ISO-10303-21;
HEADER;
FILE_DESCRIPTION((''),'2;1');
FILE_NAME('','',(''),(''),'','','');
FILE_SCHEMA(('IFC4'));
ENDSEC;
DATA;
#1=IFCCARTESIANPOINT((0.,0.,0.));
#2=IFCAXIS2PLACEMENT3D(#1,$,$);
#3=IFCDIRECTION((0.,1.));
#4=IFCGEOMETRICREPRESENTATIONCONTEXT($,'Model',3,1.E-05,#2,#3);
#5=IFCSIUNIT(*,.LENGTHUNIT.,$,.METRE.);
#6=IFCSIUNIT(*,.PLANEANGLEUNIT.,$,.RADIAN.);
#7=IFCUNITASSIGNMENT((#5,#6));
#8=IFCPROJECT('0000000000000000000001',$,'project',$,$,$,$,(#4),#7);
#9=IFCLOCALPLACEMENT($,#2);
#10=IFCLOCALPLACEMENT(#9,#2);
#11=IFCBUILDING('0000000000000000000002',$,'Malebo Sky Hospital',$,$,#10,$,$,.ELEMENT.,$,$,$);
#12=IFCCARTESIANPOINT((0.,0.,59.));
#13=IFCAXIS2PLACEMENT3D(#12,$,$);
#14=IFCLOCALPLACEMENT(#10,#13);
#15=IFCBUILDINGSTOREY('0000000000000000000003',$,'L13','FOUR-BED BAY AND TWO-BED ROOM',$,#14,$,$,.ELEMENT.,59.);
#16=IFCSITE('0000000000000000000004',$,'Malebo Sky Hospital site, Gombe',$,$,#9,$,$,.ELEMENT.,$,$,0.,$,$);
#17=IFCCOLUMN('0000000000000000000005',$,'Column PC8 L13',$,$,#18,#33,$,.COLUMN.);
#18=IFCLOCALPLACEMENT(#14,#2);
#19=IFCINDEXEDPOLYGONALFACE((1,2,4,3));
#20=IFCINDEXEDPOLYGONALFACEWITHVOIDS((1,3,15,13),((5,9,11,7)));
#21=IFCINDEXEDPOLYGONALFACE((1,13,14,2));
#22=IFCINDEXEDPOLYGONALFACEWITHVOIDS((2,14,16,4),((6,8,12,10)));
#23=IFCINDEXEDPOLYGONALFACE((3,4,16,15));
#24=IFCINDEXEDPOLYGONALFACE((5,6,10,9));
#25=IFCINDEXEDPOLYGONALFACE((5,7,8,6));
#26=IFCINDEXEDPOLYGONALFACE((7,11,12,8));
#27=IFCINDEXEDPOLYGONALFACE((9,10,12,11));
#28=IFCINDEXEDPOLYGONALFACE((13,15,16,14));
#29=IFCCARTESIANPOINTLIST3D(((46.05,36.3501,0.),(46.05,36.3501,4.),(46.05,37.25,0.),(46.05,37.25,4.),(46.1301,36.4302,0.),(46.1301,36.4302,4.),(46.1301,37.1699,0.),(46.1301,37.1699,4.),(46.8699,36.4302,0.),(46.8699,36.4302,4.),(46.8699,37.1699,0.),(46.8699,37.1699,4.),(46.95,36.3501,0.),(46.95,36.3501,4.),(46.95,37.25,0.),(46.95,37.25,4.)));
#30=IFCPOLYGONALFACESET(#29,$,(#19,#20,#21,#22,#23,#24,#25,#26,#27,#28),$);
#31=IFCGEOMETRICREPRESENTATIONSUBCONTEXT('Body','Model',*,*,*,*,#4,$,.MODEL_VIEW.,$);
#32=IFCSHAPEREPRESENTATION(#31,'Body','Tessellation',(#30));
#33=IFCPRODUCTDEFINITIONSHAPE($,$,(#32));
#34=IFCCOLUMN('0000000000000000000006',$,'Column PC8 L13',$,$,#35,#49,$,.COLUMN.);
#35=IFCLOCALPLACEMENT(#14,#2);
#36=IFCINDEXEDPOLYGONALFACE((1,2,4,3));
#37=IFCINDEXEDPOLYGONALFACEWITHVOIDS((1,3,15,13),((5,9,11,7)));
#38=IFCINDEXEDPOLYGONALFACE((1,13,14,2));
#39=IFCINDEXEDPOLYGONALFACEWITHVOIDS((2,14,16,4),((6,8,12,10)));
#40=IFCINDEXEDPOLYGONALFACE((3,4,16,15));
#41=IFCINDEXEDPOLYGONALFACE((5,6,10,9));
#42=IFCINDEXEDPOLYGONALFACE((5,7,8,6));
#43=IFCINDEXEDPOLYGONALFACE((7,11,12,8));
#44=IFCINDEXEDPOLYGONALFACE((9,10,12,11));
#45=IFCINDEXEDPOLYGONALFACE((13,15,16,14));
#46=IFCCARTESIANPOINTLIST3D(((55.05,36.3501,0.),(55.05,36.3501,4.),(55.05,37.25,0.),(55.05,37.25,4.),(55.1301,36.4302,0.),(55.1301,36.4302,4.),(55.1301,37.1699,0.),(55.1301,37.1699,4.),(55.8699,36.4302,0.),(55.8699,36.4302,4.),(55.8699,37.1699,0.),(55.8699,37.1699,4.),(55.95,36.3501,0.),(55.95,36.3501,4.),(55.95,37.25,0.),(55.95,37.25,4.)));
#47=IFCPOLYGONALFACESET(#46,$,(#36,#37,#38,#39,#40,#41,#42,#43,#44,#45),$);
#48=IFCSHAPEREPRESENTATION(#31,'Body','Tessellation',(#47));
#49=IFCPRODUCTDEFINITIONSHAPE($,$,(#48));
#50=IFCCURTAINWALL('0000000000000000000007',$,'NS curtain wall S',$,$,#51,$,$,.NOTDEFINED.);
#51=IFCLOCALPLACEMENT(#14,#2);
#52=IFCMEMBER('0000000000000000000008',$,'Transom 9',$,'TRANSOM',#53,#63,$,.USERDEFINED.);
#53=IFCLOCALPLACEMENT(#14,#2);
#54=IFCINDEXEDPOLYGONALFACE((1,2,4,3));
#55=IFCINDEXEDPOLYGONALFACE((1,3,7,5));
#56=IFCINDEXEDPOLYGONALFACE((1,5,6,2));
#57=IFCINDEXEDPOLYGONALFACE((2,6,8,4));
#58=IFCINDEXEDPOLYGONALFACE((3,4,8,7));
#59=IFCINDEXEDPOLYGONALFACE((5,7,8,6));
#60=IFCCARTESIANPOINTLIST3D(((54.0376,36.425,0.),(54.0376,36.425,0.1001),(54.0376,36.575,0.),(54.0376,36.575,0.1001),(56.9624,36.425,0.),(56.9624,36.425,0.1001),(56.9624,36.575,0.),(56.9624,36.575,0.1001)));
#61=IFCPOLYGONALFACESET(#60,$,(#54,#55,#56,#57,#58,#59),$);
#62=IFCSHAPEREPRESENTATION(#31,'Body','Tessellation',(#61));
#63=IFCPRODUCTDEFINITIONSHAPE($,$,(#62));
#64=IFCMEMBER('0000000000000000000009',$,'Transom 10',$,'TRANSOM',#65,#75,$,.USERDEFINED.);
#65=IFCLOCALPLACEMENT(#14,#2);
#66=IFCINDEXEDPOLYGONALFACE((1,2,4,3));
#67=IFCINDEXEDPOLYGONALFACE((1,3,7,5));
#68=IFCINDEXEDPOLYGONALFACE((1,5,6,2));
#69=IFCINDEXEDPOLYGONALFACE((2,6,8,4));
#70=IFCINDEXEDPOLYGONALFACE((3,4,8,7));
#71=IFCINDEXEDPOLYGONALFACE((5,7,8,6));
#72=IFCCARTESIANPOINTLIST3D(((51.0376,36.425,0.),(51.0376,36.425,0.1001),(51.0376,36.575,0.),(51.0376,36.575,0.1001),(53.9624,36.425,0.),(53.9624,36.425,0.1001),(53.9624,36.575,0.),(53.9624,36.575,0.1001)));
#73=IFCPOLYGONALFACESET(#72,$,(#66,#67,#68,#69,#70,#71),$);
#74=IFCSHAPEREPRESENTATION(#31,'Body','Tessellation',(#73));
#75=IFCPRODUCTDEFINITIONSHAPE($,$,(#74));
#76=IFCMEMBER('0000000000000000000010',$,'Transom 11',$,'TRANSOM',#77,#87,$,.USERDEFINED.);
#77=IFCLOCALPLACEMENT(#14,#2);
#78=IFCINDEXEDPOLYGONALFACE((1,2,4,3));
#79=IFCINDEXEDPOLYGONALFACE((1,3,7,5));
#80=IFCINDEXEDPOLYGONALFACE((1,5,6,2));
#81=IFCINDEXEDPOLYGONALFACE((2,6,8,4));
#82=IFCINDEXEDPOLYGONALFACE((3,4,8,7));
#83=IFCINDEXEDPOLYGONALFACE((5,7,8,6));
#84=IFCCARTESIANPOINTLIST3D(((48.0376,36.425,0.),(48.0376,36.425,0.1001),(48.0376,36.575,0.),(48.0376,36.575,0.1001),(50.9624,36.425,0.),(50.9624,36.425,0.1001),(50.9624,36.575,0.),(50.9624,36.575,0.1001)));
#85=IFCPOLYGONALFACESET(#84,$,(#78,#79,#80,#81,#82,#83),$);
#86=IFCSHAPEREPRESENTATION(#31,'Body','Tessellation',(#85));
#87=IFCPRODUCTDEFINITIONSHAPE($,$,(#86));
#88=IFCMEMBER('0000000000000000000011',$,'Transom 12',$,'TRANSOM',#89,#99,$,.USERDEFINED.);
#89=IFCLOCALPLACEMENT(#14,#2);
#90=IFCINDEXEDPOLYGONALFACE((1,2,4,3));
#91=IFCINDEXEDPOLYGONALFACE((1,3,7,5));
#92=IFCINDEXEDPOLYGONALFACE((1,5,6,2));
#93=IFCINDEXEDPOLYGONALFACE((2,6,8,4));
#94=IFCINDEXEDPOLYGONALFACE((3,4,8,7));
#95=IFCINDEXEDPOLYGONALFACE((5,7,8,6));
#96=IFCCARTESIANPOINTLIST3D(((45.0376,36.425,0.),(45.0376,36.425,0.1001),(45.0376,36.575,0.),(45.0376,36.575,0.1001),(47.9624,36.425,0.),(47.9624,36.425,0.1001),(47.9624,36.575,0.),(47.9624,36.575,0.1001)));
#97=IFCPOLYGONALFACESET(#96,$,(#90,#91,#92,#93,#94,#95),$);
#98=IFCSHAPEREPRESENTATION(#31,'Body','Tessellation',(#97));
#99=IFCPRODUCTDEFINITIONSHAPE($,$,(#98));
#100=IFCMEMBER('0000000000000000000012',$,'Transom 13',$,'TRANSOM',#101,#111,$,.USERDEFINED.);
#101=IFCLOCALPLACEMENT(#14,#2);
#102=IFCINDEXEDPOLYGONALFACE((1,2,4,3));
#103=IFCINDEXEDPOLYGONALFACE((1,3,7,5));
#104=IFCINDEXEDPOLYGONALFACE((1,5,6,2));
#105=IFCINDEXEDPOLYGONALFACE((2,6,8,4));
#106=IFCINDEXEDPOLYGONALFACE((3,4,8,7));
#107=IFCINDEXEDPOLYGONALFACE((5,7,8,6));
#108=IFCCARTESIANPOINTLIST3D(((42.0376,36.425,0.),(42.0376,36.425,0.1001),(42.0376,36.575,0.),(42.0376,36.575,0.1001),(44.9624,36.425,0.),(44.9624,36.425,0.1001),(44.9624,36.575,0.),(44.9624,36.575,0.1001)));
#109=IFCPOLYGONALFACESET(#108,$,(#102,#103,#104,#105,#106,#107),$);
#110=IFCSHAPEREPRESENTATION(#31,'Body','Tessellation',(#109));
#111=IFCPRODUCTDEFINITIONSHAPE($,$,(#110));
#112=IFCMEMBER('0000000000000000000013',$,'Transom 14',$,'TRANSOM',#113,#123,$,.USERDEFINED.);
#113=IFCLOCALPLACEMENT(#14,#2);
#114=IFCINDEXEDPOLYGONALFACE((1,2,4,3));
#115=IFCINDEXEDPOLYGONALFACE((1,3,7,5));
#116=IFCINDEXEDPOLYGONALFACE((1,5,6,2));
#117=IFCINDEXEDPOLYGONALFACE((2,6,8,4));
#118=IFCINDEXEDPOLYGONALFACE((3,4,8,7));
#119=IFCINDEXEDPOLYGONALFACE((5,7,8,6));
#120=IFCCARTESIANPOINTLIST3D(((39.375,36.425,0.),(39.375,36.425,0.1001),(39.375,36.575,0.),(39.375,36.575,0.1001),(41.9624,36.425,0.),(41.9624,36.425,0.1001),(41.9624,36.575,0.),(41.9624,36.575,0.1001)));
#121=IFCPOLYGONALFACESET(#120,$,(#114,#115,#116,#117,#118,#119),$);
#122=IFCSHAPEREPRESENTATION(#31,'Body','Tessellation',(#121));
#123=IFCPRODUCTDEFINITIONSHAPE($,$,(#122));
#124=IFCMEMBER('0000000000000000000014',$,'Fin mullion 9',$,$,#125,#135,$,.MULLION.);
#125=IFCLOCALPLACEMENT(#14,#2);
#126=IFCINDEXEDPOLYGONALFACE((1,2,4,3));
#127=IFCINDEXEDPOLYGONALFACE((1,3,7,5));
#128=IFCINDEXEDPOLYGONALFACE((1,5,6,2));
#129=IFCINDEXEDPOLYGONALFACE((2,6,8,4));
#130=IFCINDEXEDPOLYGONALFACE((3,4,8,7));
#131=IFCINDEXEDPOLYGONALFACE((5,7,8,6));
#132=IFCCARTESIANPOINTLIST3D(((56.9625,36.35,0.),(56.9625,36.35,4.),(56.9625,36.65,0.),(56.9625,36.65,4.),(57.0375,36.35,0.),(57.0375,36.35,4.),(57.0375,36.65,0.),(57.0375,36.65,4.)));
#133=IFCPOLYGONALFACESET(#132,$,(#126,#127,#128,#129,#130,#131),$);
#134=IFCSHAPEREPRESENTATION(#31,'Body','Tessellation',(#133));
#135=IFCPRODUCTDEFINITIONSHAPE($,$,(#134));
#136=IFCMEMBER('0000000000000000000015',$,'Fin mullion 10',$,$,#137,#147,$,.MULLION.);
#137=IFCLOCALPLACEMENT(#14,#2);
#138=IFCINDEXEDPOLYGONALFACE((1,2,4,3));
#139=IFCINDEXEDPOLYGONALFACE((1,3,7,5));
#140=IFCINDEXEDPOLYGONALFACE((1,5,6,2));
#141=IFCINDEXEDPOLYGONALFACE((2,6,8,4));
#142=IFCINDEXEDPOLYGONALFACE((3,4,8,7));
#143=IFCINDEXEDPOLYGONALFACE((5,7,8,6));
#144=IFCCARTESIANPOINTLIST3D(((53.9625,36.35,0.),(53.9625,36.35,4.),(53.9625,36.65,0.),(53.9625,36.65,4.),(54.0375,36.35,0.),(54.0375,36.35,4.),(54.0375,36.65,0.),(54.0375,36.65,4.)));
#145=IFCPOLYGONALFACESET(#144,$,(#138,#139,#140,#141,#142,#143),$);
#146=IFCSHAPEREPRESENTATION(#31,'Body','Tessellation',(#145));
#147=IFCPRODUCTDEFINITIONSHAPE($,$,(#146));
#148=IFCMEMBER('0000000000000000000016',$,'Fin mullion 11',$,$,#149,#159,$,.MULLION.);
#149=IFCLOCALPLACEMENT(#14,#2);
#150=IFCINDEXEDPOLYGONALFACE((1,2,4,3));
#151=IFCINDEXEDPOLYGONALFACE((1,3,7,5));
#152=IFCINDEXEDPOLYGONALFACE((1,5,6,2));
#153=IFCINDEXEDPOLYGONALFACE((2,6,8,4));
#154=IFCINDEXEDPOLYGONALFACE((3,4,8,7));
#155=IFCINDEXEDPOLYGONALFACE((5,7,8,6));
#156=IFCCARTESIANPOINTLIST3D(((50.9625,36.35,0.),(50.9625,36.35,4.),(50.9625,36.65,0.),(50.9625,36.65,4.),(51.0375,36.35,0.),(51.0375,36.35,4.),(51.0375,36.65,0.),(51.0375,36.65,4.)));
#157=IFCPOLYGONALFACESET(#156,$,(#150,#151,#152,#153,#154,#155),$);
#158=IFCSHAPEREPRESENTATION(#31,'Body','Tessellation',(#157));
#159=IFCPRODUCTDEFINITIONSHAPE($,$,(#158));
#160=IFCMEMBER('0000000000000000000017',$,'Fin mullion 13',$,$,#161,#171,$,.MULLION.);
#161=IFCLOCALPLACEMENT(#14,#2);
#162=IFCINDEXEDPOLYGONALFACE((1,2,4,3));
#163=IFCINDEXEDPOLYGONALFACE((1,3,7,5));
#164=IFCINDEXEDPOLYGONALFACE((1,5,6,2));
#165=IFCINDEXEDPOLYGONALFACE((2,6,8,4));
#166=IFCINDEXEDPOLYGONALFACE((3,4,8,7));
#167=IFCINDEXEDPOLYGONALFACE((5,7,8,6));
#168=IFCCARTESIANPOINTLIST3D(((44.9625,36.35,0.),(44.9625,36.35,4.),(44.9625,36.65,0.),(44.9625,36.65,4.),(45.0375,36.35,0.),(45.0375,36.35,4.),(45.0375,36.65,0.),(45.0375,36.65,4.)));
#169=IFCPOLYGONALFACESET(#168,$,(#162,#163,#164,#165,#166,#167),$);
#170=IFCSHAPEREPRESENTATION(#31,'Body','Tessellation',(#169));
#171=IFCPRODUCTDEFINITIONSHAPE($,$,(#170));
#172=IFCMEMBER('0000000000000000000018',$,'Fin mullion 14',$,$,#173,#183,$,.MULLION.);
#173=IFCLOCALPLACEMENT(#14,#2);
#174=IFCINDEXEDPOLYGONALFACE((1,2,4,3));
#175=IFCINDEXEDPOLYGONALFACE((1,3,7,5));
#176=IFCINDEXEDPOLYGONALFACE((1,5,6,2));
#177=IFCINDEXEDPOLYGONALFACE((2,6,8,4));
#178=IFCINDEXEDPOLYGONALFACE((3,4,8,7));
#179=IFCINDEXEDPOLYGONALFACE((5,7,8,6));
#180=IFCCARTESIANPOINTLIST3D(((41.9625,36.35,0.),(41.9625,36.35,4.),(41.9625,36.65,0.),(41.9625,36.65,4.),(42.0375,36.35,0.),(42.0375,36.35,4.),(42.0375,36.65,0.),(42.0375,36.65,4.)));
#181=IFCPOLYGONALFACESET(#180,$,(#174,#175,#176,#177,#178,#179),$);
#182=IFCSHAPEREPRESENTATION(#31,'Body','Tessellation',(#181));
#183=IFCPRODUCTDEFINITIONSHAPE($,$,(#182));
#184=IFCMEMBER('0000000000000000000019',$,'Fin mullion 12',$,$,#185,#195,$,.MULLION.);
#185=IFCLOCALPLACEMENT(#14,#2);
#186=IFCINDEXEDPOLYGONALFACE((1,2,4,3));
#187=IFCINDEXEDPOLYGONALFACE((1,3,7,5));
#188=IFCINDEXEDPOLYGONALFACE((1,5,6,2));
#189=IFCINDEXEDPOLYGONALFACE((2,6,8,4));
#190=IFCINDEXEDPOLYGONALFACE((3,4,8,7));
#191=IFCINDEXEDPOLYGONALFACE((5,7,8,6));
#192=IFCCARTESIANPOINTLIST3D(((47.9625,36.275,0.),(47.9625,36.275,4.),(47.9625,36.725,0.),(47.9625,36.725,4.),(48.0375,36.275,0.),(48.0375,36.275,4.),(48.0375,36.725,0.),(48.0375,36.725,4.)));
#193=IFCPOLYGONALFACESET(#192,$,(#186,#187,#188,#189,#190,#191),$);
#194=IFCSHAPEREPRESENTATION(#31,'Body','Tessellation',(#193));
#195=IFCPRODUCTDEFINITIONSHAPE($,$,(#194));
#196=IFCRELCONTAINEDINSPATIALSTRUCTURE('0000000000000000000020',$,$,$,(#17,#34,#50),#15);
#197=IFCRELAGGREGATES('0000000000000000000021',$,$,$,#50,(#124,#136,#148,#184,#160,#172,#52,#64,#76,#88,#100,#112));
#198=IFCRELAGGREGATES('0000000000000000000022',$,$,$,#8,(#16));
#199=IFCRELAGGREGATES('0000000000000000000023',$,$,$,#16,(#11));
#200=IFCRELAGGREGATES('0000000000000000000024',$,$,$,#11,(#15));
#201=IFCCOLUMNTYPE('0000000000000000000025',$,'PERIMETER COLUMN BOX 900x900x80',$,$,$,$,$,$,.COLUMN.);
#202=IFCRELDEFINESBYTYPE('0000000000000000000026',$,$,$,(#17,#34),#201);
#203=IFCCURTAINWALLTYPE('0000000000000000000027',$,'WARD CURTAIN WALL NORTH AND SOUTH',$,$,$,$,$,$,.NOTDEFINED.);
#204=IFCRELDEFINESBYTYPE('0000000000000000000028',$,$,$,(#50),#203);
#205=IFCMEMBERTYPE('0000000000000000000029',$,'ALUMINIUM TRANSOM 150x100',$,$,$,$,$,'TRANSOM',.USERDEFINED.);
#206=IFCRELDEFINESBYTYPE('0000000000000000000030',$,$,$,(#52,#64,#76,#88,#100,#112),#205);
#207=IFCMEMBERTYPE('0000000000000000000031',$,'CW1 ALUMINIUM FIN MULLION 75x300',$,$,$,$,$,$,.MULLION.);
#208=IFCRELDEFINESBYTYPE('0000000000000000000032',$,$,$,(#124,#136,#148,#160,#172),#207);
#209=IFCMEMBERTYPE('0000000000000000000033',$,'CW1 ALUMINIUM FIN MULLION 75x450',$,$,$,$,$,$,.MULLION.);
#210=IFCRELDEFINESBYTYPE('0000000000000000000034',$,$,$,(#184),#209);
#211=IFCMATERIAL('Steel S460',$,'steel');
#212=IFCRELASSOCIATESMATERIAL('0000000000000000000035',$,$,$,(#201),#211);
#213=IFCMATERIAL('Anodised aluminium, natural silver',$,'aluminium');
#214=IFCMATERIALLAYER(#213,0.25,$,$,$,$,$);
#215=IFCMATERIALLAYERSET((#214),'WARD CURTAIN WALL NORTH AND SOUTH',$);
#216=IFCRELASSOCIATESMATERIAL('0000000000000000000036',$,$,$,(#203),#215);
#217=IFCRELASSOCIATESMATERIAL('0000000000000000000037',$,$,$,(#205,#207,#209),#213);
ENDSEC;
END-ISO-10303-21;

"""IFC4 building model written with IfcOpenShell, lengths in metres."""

from ifc_helpers import new_model, si_unit, direction, frame, origin, origin_2d, place, context, subcontext, project, spatial, rectangle, hollow_rectangle, extrude, material, layer, layer_set, material_profile, profile_set, type_object, element, aggregate, save


model = new_model("IFC4")

# Units and contexts
model_context = context("Model", 3, precision=1e-05, world=origin(), true_north=direction((0.0, 1.0)))
body_context = subcontext(model_context, "Body", "Model", "MODEL_VIEW")
ifc_project = project(units=[si_unit("LENGTHUNIT", "METRE"), si_unit("PLANEANGLEUNIT", "RADIAN")], contexts=[model_context])

# Site, building, storey
site_placement = place(None, origin())
site = spatial("IfcSite", under=ifc_project, at=site_placement, Name="Malebo Sky Hospital site, Gombe", CompositionType="ELEMENT", RefElevation=0.0)
building_placement = place(site_placement, origin())
building = spatial("IfcBuilding", under=site, at=building_placement, Name="Malebo Sky Hospital", CompositionType="ELEMENT")
storey_placement = place(building_placement, frame((0.0, 0.0, 59.0)))
storey = spatial("IfcBuildingStorey", under=building, at=storey_placement, Name="L13", Description="FOUR-BED BAY AND TWO-BED ROOM", CompositionType="ELEMENT", Elevation=59.0)

# Columns
ifc_material_1 = material(Name="Steel S460", Category="steel")
ifc_material_profile_1 = material_profile(ifc_material_1, hollow_rectangle(XDim=0.8999, YDim=0.8999, WallThickness=0.0801, at=origin_2d()), Name="BOX 900x900x80")
ifc_profile_set_1 = profile_set([ifc_material_profile_1], Name="Steel S460")
column_type = type_object("IfcColumnType", Name="PERIMETER COLUMN BOX 900x900x80", PredefinedType="COLUMN", material=ifc_profile_set_1)
for number, where, z_axis, x_axis, name in (
    (1, (46.5, 36.8, 0.0), (0.0, 0.0, 1.0), (1.0, 0.0, 0.0), "Column PC8 L13"),
    (2, (55.5, 36.8, 0.0), (0.0, 0.0, 1.0), (1.0, 0.0, 0.0), "Column PC8 L13"),
):
    element("IfcColumn", number, at=place(storey_placement, frame(where, z_axis=z_axis, x_axis=x_axis)), inside=storey, type_object=column_type, Name=name, PredefinedType="COLUMN", context=body_context, shape_type="SweptSolid", body=[
        extrude(hollow_rectangle(XDim=0.8999, YDim=0.8999, WallThickness=0.0801, at=origin_2d()), origin(), (0.0, 0.0, 1.0), 4.0),
    ])

# Curtain wall, members
ifc_material_2 = material(Name="Anodised aluminium, natural silver", Category="aluminium")
ifc_layer_1 = layer(ifc_material_2, 0.25)
ifc_layer_set_1 = layer_set([ifc_layer_1], Name="WARD CURTAIN WALL NORTH AND SOUTH")
curtain_wall_type = type_object("IfcCurtainWallType", Name="WARD CURTAIN WALL NORTH AND SOUTH", PredefinedType="NOTDEFINED", material=ifc_layer_set_1)
curtain_wall_placement = place(storey_placement, origin())
curtain_wall = element("IfcCurtainWall", 3, at=curtain_wall_placement, inside=storey, type_object=curtain_wall_type, Name="NS curtain wall S", PredefinedType="NOTDEFINED")
ifc_material_profile_2 = material_profile(ifc_material_2, rectangle(XDim=0.1499, YDim=0.1001, at=origin_2d()), Name="ALUMINIUM TRANSOM 150x100")
ifc_profile_set_2 = profile_set([ifc_material_profile_2], Name="Anodised aluminium, natural silver")
member_type_1 = type_object("IfcMemberType", Name="ALUMINIUM TRANSOM 150x100", ElementType="TRANSOM", PredefinedType="USERDEFINED", material=ifc_profile_set_2)
member_1_placement = place(storey_placement, frame((56.9624, 36.5, 0.05), z_axis=(-1.0, 0.0, 0.0), x_axis=(0.0, -1.0, 0.0)))
member_1 = element("IfcMember", 4, at=member_1_placement, type_object=member_type_1, Name="Transom 9", ObjectType="TRANSOM", PredefinedType="USERDEFINED", context=body_context, shape_type="SweptSolid", body=[
    extrude(rectangle(XDim=0.1499, YDim=0.1001, at=origin_2d()), origin(), (0.0, 0.0, 1.0), 2.9248),
])
member_2_placement = place(storey_placement, frame((53.9624, 36.5, 0.05), z_axis=(-1.0, 0.0, 0.0), x_axis=(0.0, -1.0, 0.0)))
member_2 = element("IfcMember", 5, at=member_2_placement, type_object=member_type_1, Name="Transom 10", ObjectType="TRANSOM", PredefinedType="USERDEFINED", context=body_context, shape_type="SweptSolid", body=[
    extrude(rectangle(XDim=0.1499, YDim=0.1001, at=origin_2d()), origin(), (0.0, 0.0, 1.0), 2.9248),
])
member_3_placement = place(storey_placement, frame((50.9624, 36.5, 0.05), z_axis=(-1.0, 0.0, 0.0), x_axis=(0.0, -1.0, 0.0)))
member_3 = element("IfcMember", 6, at=member_3_placement, type_object=member_type_1, Name="Transom 11", ObjectType="TRANSOM", PredefinedType="USERDEFINED", context=body_context, shape_type="SweptSolid", body=[
    extrude(rectangle(XDim=0.1499, YDim=0.1001, at=origin_2d()), origin(), (0.0, 0.0, 1.0), 2.9248),
])
member_4_placement = place(storey_placement, frame((47.9624, 36.5, 0.05), z_axis=(-1.0, 0.0, 0.0), x_axis=(0.0, -1.0, 0.0)))
member_4 = element("IfcMember", 7, at=member_4_placement, type_object=member_type_1, Name="Transom 12", ObjectType="TRANSOM", PredefinedType="USERDEFINED", context=body_context, shape_type="SweptSolid", body=[
    extrude(rectangle(XDim=0.1499, YDim=0.1001, at=origin_2d()), origin(), (0.0, 0.0, 1.0), 2.9248),
])
member_5_placement = place(storey_placement, frame((44.9624, 36.5, 0.05), z_axis=(-1.0, 0.0, 0.0), x_axis=(0.0, -1.0, 0.0)))
member_5 = element("IfcMember", 8, at=member_5_placement, type_object=member_type_1, Name="Transom 13", ObjectType="TRANSOM", PredefinedType="USERDEFINED", context=body_context, shape_type="SweptSolid", body=[
    extrude(rectangle(XDim=0.1499, YDim=0.1001, at=origin_2d()), origin(), (0.0, 0.0, 1.0), 2.9248),
])
member_6_placement = place(storey_placement, frame((41.9624, 36.5, 0.05), z_axis=(-1.0, 0.0, 0.0), x_axis=(0.0, -1.0, 0.0)))
member_6 = element("IfcMember", 9, at=member_6_placement, type_object=member_type_1, Name="Transom 14", ObjectType="TRANSOM", PredefinedType="USERDEFINED", context=body_context, shape_type="SweptSolid", body=[
    extrude(rectangle(XDim=0.1499, YDim=0.1001, at=origin_2d()), origin(), (0.0, 0.0, 1.0), 2.5874),
])
ifc_material_profile_3 = material_profile(ifc_material_2, rectangle(XDim=0.075, YDim=0.3, at=origin_2d()), Name="CW1 ALUMINIUM FIN MULLION 75x300")
ifc_profile_set_3 = profile_set([ifc_material_profile_3], Name="Anodised aluminium, natural silver")
member_type_2 = type_object("IfcMemberType", Name="CW1 ALUMINIUM FIN MULLION 75x300", PredefinedType="MULLION", material=ifc_profile_set_3)
member_7_placement = place(storey_placement, frame((57.0, 36.5, 0.0), z_axis=(0.0, 0.0, 1.0), x_axis=(-1.0, 0.0, 0.0)))
member_7 = element("IfcMember", 10, at=member_7_placement, type_object=member_type_2, Name="Fin mullion 9", PredefinedType="MULLION", context=body_context, shape_type="SweptSolid", body=[
    extrude(rectangle(XDim=0.075, YDim=0.3, at=origin_2d()), origin(), (0.0, 0.0, 1.0), 4.0),
])
member_8_placement = place(storey_placement, frame((54.0, 36.5, 0.0), z_axis=(0.0, 0.0, 1.0), x_axis=(-1.0, 0.0, 0.0)))
member_8 = element("IfcMember", 11, at=member_8_placement, type_object=member_type_2, Name="Fin mullion 10", PredefinedType="MULLION", context=body_context, shape_type="SweptSolid", body=[
    extrude(rectangle(XDim=0.075, YDim=0.3, at=origin_2d()), origin(), (0.0, 0.0, 1.0), 4.0),
])
member_9_placement = place(storey_placement, frame((51.0, 36.5, 0.0), z_axis=(0.0, 0.0, 1.0), x_axis=(-1.0, 0.0, 0.0)))
member_9 = element("IfcMember", 12, at=member_9_placement, type_object=member_type_2, Name="Fin mullion 11", PredefinedType="MULLION", context=body_context, shape_type="SweptSolid", body=[
    extrude(rectangle(XDim=0.075, YDim=0.3, at=origin_2d()), origin(), (0.0, 0.0, 1.0), 4.0),
])
member_10_placement = place(storey_placement, frame((45.0, 36.5, 0.0), z_axis=(0.0, 0.0, 1.0), x_axis=(-1.0, 0.0, 0.0)))
member_10 = element("IfcMember", 13, at=member_10_placement, type_object=member_type_2, Name="Fin mullion 13", PredefinedType="MULLION", context=body_context, shape_type="SweptSolid", body=[
    extrude(rectangle(XDim=0.075, YDim=0.3, at=origin_2d()), origin(), (0.0, 0.0, 1.0), 4.0),
])
member_11_placement = place(storey_placement, frame((42.0, 36.5, 0.0), z_axis=(0.0, 0.0, 1.0), x_axis=(-1.0, 0.0, 0.0)))
member_11 = element("IfcMember", 14, at=member_11_placement, type_object=member_type_2, Name="Fin mullion 14", PredefinedType="MULLION", context=body_context, shape_type="SweptSolid", body=[
    extrude(rectangle(XDim=0.075, YDim=0.3, at=origin_2d()), origin(), (0.0, 0.0, 1.0), 4.0),
])
ifc_material_profile_4 = material_profile(ifc_material_2, rectangle(XDim=0.075, YDim=0.45, at=origin_2d()), Name="CW1 ALUMINIUM FIN MULLION 75x450")
ifc_profile_set_4 = profile_set([ifc_material_profile_4], Name="Anodised aluminium, natural silver")
member_type_3 = type_object("IfcMemberType", Name="CW1 ALUMINIUM FIN MULLION 75x450", PredefinedType="MULLION", material=ifc_profile_set_4)
member_12_placement = place(storey_placement, frame((48.0, 36.5, 0.0), z_axis=(0.0, 0.0, 1.0), x_axis=(-1.0, 0.0, 0.0)))
member_12 = element("IfcMember", 15, at=member_12_placement, type_object=member_type_3, Name="Fin mullion 12", PredefinedType="MULLION", context=body_context, shape_type="SweptSolid", body=[
    extrude(rectangle(XDim=0.075, YDim=0.45, at=origin_2d()), origin(), (0.0, 0.0, 1.0), 4.0),
])

aggregate(curtain_wall, [member_7, member_8, member_9, member_12, member_10, member_11, member_1, member_2, member_3, member_4, member_5, member_6])

save(model, "model.ifc")
